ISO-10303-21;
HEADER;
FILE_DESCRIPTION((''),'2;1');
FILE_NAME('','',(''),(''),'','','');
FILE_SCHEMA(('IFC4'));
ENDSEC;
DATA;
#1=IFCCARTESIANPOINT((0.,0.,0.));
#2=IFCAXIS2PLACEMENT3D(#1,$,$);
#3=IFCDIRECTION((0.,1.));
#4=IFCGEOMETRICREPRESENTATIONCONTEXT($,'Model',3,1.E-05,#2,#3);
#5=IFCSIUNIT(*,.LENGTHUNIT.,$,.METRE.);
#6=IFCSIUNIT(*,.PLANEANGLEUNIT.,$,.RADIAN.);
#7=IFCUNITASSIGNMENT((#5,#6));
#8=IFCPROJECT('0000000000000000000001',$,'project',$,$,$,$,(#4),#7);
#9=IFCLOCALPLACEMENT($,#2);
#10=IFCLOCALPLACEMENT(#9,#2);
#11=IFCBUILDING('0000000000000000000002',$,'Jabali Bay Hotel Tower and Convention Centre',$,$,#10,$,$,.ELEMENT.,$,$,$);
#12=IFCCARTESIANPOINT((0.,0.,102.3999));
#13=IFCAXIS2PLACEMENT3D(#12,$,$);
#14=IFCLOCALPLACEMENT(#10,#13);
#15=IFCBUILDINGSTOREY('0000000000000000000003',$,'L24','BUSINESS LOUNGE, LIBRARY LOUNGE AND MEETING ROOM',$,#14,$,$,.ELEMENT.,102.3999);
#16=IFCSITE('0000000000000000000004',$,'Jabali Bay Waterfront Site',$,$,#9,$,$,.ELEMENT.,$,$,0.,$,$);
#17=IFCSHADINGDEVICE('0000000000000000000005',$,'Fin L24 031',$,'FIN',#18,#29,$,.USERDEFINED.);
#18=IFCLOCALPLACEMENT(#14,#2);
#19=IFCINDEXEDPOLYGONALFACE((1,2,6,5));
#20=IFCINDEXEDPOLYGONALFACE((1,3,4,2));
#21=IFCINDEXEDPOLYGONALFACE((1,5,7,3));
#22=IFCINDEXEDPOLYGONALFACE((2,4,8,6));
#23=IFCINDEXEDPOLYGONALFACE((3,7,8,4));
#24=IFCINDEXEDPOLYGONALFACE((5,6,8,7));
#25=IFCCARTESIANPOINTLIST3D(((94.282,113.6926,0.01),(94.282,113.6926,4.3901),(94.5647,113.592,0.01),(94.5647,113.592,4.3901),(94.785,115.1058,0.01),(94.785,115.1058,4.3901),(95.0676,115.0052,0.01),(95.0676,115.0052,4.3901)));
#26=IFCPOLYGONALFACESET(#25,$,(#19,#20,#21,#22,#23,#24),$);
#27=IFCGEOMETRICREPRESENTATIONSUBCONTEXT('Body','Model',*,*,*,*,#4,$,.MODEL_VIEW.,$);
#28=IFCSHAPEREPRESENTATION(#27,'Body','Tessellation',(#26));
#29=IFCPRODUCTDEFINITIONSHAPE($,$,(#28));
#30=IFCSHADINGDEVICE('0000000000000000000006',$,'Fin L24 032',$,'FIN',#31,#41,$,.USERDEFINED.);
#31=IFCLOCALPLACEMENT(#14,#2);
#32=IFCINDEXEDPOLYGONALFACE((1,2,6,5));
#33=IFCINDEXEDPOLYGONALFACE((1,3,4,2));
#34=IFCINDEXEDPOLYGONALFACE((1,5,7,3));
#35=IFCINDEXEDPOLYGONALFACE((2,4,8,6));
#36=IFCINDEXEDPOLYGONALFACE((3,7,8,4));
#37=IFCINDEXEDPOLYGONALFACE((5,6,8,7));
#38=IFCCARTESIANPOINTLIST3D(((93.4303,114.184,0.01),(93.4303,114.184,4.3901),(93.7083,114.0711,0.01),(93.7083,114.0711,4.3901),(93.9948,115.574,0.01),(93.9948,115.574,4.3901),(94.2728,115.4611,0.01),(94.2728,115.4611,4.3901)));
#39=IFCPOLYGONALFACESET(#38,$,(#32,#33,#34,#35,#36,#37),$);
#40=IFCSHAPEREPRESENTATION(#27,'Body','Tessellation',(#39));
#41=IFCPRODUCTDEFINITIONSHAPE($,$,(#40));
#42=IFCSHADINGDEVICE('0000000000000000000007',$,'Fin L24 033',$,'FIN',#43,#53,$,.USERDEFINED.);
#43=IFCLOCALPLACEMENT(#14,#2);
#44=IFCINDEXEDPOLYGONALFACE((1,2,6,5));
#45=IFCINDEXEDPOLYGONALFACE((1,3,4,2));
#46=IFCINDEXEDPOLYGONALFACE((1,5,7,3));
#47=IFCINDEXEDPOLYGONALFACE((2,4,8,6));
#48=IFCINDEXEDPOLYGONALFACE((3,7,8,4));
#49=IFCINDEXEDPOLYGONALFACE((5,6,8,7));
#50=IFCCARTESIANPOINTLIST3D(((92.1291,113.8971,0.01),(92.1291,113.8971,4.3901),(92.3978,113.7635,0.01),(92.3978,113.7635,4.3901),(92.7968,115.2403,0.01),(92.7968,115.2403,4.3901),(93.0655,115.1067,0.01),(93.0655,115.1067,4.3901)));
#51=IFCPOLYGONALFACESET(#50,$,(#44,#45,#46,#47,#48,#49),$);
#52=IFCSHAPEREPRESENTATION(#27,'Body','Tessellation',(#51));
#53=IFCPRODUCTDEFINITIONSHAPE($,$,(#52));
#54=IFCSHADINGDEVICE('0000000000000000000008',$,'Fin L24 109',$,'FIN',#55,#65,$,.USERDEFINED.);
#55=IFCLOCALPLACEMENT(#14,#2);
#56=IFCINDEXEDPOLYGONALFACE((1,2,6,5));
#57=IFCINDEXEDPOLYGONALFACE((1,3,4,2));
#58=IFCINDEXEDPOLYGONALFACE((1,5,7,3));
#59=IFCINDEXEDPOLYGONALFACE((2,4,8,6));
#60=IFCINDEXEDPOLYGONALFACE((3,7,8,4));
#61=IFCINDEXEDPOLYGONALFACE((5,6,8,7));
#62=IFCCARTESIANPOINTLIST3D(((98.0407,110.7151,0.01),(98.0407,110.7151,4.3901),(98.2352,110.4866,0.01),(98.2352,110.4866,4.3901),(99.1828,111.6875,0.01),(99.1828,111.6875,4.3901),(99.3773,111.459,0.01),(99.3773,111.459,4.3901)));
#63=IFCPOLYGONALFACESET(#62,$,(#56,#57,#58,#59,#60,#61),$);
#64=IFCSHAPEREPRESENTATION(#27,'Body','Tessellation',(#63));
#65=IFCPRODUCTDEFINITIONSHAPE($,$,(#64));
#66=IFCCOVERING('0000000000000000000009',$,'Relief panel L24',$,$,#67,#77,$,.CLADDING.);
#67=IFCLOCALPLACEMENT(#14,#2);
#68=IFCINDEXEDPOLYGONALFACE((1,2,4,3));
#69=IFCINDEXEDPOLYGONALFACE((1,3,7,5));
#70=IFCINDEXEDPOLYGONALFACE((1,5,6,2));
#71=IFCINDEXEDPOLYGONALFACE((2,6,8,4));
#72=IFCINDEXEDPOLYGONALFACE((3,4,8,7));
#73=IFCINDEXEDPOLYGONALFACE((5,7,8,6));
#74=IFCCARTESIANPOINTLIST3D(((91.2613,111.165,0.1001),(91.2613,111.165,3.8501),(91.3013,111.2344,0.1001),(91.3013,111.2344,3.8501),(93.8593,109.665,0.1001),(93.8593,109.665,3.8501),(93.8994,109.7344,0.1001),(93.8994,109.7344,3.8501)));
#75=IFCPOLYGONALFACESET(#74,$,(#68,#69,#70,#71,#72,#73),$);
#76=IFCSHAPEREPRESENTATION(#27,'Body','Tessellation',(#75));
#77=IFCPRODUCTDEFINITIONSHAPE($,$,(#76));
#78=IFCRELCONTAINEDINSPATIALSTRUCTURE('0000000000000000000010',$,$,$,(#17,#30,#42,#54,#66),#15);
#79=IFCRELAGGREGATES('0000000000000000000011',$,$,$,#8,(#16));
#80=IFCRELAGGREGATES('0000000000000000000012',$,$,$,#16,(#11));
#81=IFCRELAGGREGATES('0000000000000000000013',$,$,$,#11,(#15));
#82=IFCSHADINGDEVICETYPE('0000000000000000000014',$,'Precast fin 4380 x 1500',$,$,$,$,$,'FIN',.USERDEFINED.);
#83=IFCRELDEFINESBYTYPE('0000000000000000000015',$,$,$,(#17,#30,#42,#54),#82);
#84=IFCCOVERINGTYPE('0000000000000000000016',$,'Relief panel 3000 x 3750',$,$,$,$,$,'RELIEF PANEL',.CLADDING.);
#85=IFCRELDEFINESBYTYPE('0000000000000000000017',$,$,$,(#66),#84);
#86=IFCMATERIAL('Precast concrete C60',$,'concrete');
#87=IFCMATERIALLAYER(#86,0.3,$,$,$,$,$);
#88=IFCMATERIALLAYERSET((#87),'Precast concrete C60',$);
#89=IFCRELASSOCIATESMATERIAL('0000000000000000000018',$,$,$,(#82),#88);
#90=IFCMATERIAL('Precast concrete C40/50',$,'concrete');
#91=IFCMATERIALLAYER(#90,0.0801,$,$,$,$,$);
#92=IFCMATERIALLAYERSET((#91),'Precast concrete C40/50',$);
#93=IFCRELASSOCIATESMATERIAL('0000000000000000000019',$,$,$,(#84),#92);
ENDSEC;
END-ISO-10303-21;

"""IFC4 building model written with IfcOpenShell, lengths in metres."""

from ifc_helpers import new_model, si_unit, direction, frame, frame_2d, origin, origin_2d, place, context, subcontext, project, spatial, rectangle, extrude, material, layer, layer_set, type_object, element, save


model = new_model("IFC4")

# Units and contexts
model_context = context("Model", 3, precision=1e-05, world=origin(), true_north=direction((0.0, 1.0)))
body_context = subcontext(model_context, "Body", "Model", "MODEL_VIEW")
ifc_project = project(units=[si_unit("LENGTHUNIT", "METRE"), si_unit("PLANEANGLEUNIT", "RADIAN")], contexts=[model_context])

# Site, building, storey
site_placement = place(None, origin())
site = spatial("IfcSite", under=ifc_project, at=site_placement, Name="Jabali Bay Waterfront Site", CompositionType="ELEMENT", RefElevation=0.0)
building_placement = place(site_placement, origin())
building = spatial("IfcBuilding", under=site, at=building_placement, Name="Jabali Bay Hotel Tower and Convention Centre", CompositionType="ELEMENT")
storey_placement = place(building_placement, frame((0.0, 0.0, 102.3999)))
storey = spatial("IfcBuildingStorey", under=building, at=storey_placement, Name="L24", Description="BUSINESS LOUNGE, LIBRARY LOUNGE AND MEETING ROOM", CompositionType="ELEMENT", Elevation=102.3999)

# Shading devices
ifc_material_1 = material(Name="Precast concrete C60", Category="concrete")
ifc_layer_1 = layer(ifc_material_1, 0.3)
ifc_layer_set_1 = layer_set([ifc_layer_1], Name="Precast concrete C60")
shading_device_type = type_object("IfcShadingDeviceType", Name="Precast fin 4380 x 1500", ElementType="FIN", PredefinedType="USERDEFINED", material=ifc_layer_set_1)
shading_device_1_placement = place(storey_placement, frame((94.4233, 113.6423, 0.01), z_axis=(0.0, 0.0, 1.0), x_axis=(0.335305, 0.94211, 0.0)))
element("IfcShadingDevice", 1, at=shading_device_1_placement, inside=storey, type_object=shading_device_type, Name="Fin L24 031", ObjectType="FIN", PredefinedType="USERDEFINED", context=body_context, shape_type="SweptSolid", body=[
    extrude(rectangle(XDim=1.5, YDim=0.3, at=frame_2d((0.75, 0.0))), origin(), (0.0, 0.0, 1.0), 4.3801),
])
shading_device_2_placement = place(storey_placement, frame((93.5693, 114.1277, 0.01), z_axis=(0.0, 0.0, 1.0), x_axis=(0.376268, 0.926511, 0.0)))
element("IfcShadingDevice", 2, at=shading_device_2_placement, inside=storey, type_object=shading_device_type, Name="Fin L24 032", ObjectType="FIN", PredefinedType="USERDEFINED", context=body_context, shape_type="SweptSolid", body=[
    extrude(rectangle(XDim=1.5002, YDim=0.3, at=frame_2d((0.75, 0.0))), origin(), (0.0, 0.0, 1.0), 4.3801),
])
for number, where, z_axis, x_axis, name in (
    (3, (92.2634, 113.8303, 0.01), (0.0, 0.0, 1.0), (0.445129, 0.895466, 0.0), "Fin L24 033"),
    (4, (98.1379, 110.6008, 0.01), (0.0, 0.0, 1.0), (0.761401, 0.648281, 0.0), "Fin L24 109"),
):
    element("IfcShadingDevice", number, at=place(storey_placement, frame(where, z_axis=z_axis, x_axis=x_axis)), inside=storey, type_object=shading_device_type, Name=name, ObjectType="FIN", PredefinedType="USERDEFINED", context=body_context, shape_type="SweptSolid", body=[
        extrude(rectangle(XDim=1.5, YDim=0.3, at=frame_2d((0.75, 0.0))), origin(), (0.0, 0.0, 1.0), 4.3801),
    ])

# Covering
ifc_material_2 = material(Name="Precast concrete C40/50", Category="concrete")
ifc_layer_2 = layer(ifc_material_2, 0.0801)
ifc_layer_set_2 = layer_set([ifc_layer_2], Name="Precast concrete C40/50")
covering_type = type_object("IfcCoveringType", Name="Relief panel 3000 x 3750", ElementType="RELIEF PANEL", PredefinedType="CLADDING", material=ifc_layer_set_2)
covering_placement = place(storey_placement, frame((92.5803, 110.4497, 0.1001), z_axis=(0.0, 0.0, 1.0), x_axis=(0.866025, -0.5, 0.0)))
element("IfcCovering", 5, at=covering_placement, inside=storey, type_object=covering_type, Name="Relief panel L24", PredefinedType="CLADDING", context=body_context, shape_type="SweptSolid", body=[
    extrude(rectangle(XDim=3.0, YDim=0.0801, at=origin_2d()), origin(), (0.0, 0.0, 1.0), 3.75),
])

save(model, "model.ifc")
